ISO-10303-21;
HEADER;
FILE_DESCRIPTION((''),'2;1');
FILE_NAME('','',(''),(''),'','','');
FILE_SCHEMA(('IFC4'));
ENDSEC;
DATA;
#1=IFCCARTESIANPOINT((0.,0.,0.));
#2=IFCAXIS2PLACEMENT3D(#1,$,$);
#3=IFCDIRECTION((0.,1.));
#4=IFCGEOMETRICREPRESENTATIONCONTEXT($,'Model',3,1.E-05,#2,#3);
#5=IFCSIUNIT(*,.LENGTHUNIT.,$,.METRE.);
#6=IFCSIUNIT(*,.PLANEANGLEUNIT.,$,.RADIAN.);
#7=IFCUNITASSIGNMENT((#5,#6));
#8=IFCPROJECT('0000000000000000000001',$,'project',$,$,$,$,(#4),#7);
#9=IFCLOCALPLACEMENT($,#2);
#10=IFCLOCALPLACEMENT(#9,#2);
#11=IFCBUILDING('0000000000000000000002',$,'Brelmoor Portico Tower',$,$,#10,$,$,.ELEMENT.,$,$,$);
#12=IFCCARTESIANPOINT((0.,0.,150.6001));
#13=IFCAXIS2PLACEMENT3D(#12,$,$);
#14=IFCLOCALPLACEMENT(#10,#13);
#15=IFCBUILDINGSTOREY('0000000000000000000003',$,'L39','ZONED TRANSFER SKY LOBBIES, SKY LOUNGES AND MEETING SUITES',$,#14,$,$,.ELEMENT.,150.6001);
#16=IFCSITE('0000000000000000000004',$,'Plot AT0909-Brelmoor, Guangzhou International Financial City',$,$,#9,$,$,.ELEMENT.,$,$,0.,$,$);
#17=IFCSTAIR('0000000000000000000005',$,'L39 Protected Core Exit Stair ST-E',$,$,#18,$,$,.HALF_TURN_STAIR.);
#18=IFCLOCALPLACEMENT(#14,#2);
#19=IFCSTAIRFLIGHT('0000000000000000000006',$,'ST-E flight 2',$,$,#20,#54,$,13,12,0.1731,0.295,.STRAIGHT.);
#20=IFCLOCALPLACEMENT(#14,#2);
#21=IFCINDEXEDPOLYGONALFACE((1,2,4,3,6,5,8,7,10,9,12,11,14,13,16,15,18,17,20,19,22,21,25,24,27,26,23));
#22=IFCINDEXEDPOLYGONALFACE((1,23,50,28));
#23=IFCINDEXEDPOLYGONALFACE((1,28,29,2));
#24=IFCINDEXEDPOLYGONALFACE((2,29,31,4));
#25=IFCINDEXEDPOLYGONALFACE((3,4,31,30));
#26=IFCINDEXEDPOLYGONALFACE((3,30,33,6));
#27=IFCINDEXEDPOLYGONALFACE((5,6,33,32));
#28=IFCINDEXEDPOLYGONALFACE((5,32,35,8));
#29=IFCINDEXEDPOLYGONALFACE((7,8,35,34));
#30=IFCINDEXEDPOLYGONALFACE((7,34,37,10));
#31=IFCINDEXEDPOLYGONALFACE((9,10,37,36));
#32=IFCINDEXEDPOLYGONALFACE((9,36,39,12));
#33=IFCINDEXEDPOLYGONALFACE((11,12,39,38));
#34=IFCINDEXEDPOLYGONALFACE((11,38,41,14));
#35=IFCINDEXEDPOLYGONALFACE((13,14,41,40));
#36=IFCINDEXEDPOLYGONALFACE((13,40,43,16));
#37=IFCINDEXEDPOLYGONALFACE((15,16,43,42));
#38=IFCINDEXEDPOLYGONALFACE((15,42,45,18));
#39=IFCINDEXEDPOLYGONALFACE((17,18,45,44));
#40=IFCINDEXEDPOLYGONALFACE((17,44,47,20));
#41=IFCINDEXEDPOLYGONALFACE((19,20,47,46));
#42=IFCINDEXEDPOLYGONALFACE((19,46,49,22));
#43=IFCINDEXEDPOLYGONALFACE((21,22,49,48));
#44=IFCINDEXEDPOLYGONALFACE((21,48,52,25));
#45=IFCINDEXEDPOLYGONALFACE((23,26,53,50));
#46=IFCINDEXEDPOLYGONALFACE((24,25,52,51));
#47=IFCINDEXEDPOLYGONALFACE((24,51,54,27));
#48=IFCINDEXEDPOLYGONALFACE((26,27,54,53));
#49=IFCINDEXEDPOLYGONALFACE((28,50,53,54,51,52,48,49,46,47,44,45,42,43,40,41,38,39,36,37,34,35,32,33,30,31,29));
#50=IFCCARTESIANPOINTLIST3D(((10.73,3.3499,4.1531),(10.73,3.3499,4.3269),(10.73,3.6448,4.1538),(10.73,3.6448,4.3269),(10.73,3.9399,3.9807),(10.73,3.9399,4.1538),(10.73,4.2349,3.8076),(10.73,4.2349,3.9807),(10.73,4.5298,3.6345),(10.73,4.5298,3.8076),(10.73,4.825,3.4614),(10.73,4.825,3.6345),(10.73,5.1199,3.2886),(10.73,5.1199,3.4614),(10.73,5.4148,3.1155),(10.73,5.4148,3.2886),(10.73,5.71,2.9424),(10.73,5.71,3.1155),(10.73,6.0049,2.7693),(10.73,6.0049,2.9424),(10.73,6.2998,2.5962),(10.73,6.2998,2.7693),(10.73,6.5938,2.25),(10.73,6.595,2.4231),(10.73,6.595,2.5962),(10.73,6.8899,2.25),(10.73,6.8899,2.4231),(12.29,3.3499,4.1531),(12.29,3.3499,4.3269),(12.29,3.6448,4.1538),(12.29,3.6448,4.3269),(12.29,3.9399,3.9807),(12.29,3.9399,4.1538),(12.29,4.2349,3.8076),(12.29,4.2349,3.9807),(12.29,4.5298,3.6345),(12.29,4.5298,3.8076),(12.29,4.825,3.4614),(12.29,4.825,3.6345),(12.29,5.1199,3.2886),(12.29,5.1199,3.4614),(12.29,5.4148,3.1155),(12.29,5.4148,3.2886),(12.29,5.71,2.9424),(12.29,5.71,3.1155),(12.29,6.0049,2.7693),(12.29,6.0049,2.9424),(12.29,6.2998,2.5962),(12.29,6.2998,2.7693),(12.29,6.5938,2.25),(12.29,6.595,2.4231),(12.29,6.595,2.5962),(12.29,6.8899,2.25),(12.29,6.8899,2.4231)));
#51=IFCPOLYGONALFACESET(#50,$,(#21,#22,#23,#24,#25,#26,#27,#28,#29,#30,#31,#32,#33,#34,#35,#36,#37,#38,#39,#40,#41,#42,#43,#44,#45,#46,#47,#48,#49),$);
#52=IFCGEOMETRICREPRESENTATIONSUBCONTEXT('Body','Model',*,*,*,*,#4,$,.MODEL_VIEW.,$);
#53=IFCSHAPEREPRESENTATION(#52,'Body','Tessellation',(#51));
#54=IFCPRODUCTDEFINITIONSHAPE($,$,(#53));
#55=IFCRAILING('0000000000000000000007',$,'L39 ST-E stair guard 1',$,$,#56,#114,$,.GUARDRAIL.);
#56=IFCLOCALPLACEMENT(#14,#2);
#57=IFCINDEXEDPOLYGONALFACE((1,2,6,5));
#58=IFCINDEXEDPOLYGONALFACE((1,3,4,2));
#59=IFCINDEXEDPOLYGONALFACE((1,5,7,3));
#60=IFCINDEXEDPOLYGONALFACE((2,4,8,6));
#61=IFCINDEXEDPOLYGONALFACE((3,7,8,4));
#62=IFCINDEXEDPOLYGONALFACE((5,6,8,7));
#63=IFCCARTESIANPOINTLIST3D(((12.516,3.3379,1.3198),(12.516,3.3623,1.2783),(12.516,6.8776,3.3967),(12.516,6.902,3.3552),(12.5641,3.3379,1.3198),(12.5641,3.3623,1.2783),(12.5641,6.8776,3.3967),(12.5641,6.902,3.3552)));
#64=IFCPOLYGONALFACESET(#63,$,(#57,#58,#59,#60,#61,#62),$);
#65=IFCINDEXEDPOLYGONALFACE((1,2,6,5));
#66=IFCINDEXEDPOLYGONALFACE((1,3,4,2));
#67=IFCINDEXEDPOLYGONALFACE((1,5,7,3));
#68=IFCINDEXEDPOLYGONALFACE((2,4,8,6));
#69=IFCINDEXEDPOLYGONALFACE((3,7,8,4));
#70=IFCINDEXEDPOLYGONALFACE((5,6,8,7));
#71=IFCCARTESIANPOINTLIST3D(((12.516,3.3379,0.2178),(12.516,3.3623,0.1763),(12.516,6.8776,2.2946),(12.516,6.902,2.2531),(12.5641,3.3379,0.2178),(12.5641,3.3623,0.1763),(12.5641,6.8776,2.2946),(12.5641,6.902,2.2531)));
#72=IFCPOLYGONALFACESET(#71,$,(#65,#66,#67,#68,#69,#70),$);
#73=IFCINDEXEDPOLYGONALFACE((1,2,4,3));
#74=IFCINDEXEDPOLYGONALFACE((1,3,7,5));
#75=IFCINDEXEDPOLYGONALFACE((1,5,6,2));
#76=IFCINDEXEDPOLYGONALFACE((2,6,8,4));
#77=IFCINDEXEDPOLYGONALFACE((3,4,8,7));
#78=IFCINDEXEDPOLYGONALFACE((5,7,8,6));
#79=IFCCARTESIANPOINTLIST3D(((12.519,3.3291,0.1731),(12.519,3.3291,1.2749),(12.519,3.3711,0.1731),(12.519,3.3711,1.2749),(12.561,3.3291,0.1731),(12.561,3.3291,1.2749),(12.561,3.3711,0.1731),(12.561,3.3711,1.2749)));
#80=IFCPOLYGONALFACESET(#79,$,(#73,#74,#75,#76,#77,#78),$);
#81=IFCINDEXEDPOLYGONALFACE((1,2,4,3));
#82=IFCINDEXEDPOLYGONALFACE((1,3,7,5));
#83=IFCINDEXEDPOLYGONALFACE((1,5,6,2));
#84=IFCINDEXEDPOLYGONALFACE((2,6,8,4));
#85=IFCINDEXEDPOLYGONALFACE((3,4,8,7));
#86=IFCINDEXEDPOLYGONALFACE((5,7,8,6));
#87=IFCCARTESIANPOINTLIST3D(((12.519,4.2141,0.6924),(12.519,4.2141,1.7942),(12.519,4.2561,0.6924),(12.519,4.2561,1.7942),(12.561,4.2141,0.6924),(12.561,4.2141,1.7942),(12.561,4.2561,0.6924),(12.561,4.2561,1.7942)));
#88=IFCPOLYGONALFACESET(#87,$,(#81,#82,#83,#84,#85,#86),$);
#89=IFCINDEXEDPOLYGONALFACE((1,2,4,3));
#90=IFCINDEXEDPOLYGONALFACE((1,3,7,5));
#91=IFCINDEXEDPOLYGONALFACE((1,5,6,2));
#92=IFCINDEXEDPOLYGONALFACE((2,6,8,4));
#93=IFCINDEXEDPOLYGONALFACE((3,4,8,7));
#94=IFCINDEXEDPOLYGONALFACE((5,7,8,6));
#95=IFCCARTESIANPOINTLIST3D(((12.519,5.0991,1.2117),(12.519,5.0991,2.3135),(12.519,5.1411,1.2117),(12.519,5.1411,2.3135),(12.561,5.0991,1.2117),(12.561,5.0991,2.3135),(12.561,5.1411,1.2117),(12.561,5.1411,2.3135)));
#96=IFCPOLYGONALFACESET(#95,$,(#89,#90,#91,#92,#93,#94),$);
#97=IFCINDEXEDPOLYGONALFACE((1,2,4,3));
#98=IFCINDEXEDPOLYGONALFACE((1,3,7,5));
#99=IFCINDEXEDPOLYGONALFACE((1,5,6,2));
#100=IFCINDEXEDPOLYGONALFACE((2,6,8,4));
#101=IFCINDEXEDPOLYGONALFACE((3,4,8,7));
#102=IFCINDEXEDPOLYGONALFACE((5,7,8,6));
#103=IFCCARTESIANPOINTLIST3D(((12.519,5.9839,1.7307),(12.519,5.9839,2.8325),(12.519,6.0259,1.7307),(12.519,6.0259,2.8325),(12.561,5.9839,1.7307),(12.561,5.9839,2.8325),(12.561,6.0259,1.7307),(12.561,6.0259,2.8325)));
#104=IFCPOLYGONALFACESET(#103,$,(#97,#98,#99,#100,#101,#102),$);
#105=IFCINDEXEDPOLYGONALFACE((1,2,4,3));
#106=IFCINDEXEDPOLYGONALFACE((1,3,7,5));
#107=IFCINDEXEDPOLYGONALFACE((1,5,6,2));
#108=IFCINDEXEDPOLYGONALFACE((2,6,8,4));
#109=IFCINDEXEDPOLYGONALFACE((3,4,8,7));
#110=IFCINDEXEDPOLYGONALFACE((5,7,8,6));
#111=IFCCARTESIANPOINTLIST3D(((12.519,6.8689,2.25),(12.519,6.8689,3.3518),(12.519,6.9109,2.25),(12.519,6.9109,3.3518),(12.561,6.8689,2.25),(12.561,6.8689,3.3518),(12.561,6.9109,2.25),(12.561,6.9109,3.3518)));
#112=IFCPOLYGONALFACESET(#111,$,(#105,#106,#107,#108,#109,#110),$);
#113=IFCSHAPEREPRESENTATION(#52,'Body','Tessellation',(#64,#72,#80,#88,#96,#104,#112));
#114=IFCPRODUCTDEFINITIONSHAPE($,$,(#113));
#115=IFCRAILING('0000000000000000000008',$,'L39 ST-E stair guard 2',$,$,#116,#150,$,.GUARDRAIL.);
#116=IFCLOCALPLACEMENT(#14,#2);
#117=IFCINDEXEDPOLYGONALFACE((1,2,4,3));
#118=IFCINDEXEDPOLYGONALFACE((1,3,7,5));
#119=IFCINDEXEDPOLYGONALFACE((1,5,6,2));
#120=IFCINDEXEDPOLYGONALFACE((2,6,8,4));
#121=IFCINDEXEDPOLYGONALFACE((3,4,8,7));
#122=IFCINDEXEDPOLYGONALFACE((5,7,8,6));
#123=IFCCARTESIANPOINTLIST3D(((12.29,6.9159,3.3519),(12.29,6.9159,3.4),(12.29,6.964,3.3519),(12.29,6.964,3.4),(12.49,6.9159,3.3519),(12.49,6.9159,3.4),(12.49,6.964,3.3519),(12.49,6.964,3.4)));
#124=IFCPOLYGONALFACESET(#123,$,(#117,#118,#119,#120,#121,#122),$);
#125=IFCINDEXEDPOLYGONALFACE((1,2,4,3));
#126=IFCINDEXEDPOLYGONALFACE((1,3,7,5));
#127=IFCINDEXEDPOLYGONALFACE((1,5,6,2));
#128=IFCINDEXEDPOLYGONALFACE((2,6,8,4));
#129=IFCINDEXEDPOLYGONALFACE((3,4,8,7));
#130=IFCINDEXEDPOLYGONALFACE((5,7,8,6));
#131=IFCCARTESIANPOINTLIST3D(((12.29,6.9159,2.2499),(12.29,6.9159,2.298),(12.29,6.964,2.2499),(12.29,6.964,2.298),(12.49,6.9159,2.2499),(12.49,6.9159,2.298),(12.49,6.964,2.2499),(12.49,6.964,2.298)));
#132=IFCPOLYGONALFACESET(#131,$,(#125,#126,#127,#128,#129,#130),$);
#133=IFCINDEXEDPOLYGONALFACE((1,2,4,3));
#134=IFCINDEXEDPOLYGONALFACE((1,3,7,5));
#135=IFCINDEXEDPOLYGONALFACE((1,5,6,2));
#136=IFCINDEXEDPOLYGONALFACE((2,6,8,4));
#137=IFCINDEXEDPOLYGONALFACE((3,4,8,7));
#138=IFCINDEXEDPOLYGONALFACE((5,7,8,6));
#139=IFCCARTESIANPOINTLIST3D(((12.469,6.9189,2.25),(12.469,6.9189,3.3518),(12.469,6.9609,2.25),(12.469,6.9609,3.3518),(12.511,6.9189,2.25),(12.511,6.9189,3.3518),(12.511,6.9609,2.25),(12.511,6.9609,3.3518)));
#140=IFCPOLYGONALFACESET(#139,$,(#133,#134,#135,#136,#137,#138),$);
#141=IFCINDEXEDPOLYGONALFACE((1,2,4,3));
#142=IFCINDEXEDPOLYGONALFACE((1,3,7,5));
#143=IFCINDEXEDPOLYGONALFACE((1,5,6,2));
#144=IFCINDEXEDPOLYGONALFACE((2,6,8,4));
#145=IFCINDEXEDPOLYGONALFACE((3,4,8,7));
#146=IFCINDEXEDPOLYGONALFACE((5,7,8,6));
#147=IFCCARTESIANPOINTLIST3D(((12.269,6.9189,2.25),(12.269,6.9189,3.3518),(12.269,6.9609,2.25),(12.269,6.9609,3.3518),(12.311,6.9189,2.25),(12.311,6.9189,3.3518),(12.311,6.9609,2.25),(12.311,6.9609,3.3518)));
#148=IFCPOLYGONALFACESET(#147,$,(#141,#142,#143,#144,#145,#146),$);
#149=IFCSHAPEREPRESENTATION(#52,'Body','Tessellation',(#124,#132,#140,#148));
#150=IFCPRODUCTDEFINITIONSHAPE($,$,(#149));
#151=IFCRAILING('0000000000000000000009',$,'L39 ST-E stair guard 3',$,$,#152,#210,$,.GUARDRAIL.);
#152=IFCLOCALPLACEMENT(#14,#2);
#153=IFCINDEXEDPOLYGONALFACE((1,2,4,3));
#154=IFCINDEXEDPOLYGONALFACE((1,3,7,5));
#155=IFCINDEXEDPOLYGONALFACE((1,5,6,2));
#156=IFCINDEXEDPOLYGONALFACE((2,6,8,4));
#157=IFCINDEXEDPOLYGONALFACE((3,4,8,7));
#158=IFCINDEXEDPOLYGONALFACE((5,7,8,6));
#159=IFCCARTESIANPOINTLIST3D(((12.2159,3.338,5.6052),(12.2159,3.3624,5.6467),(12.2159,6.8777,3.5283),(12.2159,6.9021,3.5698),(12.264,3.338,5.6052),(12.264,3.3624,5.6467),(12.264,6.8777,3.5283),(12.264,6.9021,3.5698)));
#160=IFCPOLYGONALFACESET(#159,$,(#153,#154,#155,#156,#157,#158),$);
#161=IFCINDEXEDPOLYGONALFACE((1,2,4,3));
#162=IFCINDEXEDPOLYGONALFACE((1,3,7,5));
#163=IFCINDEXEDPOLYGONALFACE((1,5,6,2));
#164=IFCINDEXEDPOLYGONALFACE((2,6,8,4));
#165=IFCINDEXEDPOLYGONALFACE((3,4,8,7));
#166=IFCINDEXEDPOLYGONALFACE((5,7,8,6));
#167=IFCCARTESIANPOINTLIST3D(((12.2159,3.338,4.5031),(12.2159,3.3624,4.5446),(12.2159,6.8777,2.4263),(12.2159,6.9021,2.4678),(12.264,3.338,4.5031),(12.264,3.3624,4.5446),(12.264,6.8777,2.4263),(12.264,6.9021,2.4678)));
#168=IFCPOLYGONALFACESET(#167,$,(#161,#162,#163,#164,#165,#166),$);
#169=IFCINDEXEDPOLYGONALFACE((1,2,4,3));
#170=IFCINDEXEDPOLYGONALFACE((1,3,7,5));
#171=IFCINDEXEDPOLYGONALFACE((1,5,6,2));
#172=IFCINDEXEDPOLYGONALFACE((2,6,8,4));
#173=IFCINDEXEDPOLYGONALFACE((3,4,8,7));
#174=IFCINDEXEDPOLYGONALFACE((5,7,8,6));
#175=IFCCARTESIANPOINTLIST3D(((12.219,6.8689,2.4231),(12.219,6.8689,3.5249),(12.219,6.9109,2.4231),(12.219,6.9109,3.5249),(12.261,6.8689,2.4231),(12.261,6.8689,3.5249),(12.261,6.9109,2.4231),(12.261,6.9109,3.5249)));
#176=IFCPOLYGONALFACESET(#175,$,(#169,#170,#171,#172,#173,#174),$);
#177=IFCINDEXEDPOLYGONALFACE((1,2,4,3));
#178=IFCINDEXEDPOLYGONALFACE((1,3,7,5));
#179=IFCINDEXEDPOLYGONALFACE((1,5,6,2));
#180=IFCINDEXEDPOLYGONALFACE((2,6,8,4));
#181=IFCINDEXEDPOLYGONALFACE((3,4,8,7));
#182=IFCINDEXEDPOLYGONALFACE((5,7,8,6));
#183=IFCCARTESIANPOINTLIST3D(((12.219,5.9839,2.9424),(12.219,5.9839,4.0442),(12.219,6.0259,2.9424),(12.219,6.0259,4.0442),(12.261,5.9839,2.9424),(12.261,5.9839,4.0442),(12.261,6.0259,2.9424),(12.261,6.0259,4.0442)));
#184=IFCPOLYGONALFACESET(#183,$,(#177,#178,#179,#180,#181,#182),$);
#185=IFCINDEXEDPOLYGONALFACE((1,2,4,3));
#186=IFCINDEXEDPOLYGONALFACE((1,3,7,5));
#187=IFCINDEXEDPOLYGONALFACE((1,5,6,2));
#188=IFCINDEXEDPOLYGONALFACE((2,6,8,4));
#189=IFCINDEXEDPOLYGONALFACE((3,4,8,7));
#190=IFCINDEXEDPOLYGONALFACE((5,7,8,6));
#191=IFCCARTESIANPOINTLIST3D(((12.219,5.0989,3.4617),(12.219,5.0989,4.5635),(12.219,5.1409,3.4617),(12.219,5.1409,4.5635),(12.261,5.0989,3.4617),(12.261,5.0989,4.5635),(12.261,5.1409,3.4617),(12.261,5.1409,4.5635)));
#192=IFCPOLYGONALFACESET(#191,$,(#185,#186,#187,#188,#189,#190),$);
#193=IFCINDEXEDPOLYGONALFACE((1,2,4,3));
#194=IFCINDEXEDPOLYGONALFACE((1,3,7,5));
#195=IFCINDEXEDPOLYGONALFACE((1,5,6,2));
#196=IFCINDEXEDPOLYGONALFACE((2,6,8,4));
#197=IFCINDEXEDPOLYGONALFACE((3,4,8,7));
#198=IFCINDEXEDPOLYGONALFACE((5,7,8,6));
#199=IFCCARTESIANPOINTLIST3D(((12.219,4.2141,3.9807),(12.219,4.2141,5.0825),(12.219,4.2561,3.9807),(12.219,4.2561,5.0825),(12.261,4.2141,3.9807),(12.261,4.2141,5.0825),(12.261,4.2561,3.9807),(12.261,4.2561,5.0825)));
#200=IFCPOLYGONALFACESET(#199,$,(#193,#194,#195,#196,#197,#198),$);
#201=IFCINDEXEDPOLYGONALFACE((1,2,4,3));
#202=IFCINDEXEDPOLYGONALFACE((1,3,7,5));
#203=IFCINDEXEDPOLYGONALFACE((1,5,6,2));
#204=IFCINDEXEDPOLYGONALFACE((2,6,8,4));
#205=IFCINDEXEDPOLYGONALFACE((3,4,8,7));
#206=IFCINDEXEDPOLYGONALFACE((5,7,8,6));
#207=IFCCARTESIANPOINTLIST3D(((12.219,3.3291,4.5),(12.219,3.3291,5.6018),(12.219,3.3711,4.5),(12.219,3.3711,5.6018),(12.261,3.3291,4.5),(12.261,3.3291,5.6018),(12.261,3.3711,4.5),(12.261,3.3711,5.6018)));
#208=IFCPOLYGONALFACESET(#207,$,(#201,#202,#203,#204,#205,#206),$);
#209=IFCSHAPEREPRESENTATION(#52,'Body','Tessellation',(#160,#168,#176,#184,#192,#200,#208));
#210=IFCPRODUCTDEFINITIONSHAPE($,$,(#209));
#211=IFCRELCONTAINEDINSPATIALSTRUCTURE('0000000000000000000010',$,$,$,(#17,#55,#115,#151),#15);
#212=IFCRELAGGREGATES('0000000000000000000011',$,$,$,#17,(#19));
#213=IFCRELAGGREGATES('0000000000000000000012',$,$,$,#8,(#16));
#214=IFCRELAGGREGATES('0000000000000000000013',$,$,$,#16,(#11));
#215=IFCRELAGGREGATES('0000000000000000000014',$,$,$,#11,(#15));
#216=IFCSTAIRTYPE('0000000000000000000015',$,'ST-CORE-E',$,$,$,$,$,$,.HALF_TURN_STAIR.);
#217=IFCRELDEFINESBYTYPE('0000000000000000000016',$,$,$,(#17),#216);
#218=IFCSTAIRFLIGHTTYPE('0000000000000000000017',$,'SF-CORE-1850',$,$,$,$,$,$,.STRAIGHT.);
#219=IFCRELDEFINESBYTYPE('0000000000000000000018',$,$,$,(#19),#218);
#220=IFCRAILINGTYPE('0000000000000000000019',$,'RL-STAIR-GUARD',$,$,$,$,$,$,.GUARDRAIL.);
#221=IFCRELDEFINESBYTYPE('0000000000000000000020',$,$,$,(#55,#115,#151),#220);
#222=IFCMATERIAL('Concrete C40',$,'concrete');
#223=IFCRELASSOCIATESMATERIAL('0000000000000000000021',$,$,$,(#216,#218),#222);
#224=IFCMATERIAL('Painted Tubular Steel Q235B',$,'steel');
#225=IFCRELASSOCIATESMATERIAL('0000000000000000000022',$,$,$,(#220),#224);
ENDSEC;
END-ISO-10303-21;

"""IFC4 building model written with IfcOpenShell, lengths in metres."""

from ifc_helpers import new_model, si_unit, direction, frame, origin, origin_2d, place, context, subcontext, project, spatial, polyline, rectangle, outline, extrude, material, type_object, element, aggregate, save


model = new_model("IFC4")

# Units and contexts
model_context = context("Model", 3, precision=1e-05, world=origin(), true_north=direction((0.0, 1.0)))
body_context = subcontext(model_context, "Body", "Model", "MODEL_VIEW")
ifc_project = project(units=[si_unit("LENGTHUNIT", "METRE"), si_unit("PLANEANGLEUNIT", "RADIAN")], contexts=[model_context])

# Site, building, storey
site_placement = place(None, origin())
site = spatial("IfcSite", under=ifc_project, at=site_placement, Name="Plot AT0909-Brelmoor, Guangzhou International Financial City", CompositionType="ELEMENT", RefElevation=0.0)
building_placement = place(site_placement, origin())
building = spatial("IfcBuilding", under=site, at=building_placement, Name="Brelmoor Portico Tower", CompositionType="ELEMENT")
storey_placement = place(building_placement, frame((0.0, 0.0, 150.6001)))
storey = spatial("IfcBuildingStorey", under=building, at=storey_placement, Name="L39", Description="ZONED TRANSFER SKY LOBBIES, SKY LOUNGES AND MEETING SUITES", CompositionType="ELEMENT", Elevation=150.6001)

# Shared definitions
ifc_material_1 = material(Name="Concrete C40", Category="concrete")

# Stair, stair flight
stair_type = type_object("IfcStairType", Name="ST-CORE-E", PredefinedType="HALF_TURN_STAIR", material=ifc_material_1)
stair_placement = place(storey_placement, origin())
stair = element("IfcStair", 1, at=stair_placement, inside=storey, type_object=stair_type, Name="L39 Protected Core Exit Stair ST-E", PredefinedType="HALF_TURN_STAIR")
stair_flight_type = type_object("IfcStairFlightType", Name="SF-CORE-1850", PredefinedType="STRAIGHT", material=ifc_material_1)
stair_flight_1_placement = place(storey_placement, frame((11.51, 6.8899, 2.25), z_axis=(0.0, 0.0, 1.0), x_axis=(0.0, -1.0, 0.0)))
stair_flight_1 = element("IfcStairFlight", 2, at=stair_flight_1_placement, type_object=stair_flight_type, Name="ST-E flight 2", NumberOfRisers=13, NumberOfTreads=12, PredefinedType="STRAIGHT", RiserHeight=0.1731, TreadLength=0.295, context=body_context, shape_type="SweptSolid", body=[
    extrude(outline(polyline([(0.0, 0.0), (0.0, 0.1731), (0.2949, 0.1731), (0.2949, 0.3462), (0.5901, 0.3462), (0.5901, 0.5193), (0.885, 0.5193), (0.885, 0.6924), (1.1799, 0.6924), (1.1799, 0.8655), (1.4751, 0.8655), (1.4751, 1.0386), (1.77, 1.0386), (1.77, 1.2114), (2.0649, 1.2114), (2.0649, 1.3845), (2.3601, 1.3845), (2.3601, 1.5576), (2.655, 1.5576), (2.655, 1.7307), (2.95, 1.7307), (2.95, 1.9038), (3.2451, 1.9038), (3.2451, 2.0769), (3.54, 2.0769), (3.54, 2.25), (3.54, 1.9031), (0.2961, 0.0), (0.0, 0.0)])), frame((0.0, 0.78, 0.0), z_axis=(0.0, -1.0, 0.0), x_axis=(1.0, 0.0, 0.0)), (0.0, 0.0, 1.0), 1.5601),
])
aggregate(stair, [stair_flight_1])

# Railings
ifc_material_2 = material(Name="Painted Tubular Steel Q235B", Category="steel")
railing_type_1 = type_object("IfcRailingType", Name="RL-STAIR-GUARD", PredefinedType="GUARDRAIL", material=ifc_material_2)
railing_1_placement = place(storey_placement, frame((12.54, 3.3501, 0.1731)))
element("IfcRailing", 3, at=railing_1_placement, inside=storey, type_object=railing_type_1, Name="L39 ST-E stair guard 1", PredefinedType="GUARDRAIL", context=body_context, shape_type="SweptSolid", body=[
    extrude(rectangle(XDim=0.0481, YDim=0.0481, at=origin_2d()), frame((0.0, 0.0, 1.126), z_axis=(0.0, 0.862501, 0.506055), x_axis=(-1.0, 0.0, 0.0)), (0.0, 0.0, 1.0), 4.104),
    extrude(rectangle(XDim=0.0481, YDim=0.0481, at=origin_2d()), frame((0.0, 0.0, 0.0239), z_axis=(0.0, 0.862501, 0.506055), x_axis=(-1.0, 0.0, 0.0)), (0.0, 0.0, 1.0), 4.104),
    extrude(rectangle(XDim=0.042, YDim=0.042, at=origin_2d()), origin(), (0.0, 0.0, 1.0), 1.1018),
    extrude(rectangle(XDim=0.042, YDim=0.042, at=origin_2d()), frame((0.0, 0.885, 0.5193)), (0.0, 0.0, 1.0), 1.1018),
    extrude(rectangle(XDim=0.042, YDim=0.042, at=origin_2d()), frame((0.0, 1.77, 1.0386)), (0.0, 0.0, 1.0), 1.1018),
    extrude(rectangle(XDim=0.042, YDim=0.042, at=origin_2d()), frame((0.0, 2.6548, 1.5576)), (0.0, 0.0, 1.0), 1.1018),
    extrude(rectangle(XDim=0.042, YDim=0.042, at=origin_2d()), frame((0.0, 3.5398, 2.0769)), (0.0, 0.0, 1.0), 1.1018),
])
railing_2_placement = place(storey_placement, frame((12.49, 6.9399, 2.25)))
element("IfcRailing", 4, at=railing_2_placement, inside=storey, type_object=railing_type_1, Name="L39 ST-E stair guard 2", PredefinedType="GUARDRAIL", context=body_context, shape_type="SweptSolid", body=[
    extrude(rectangle(XDim=0.0481, YDim=0.0481, at=origin_2d()), frame((0.0, 0.0, 1.126), z_axis=(-1.0, 0.0, 0.0), x_axis=(0.0, -1.0, 0.0)), (0.0, 0.0, 1.0), 0.2),
    extrude(rectangle(XDim=0.0481, YDim=0.0481, at=origin_2d()), frame((0.0, 0.0, 0.0239), z_axis=(-1.0, 0.0, 0.0), x_axis=(0.0, -1.0, 0.0)), (0.0, 0.0, 1.0), 0.2),
    extrude(rectangle(XDim=0.042, YDim=0.042, at=origin_2d()), origin(), (0.0, 0.0, 1.0), 1.1018),
    extrude(rectangle(XDim=0.042, YDim=0.042, at=origin_2d()), frame((-0.2, 0.0, 0.0)), (0.0, 0.0, 1.0), 1.1018),
])
railing_3_placement = place(storey_placement, frame((12.24, 6.8899, 2.4231)))
element("IfcRailing", 5, at=railing_3_placement, inside=storey, type_object=railing_type_1, Name="L39 ST-E stair guard 3", PredefinedType="GUARDRAIL", context=body_context, shape_type="SweptSolid", body=[
    extrude(rectangle(XDim=0.0481, YDim=0.0481, at=origin_2d()), frame((0.0, 0.0, 1.126), z_axis=(0.0, -0.862501, 0.506055), x_axis=(1.0, 0.0, 0.0)), (0.0, 0.0, 1.0), 4.104),
    extrude(rectangle(XDim=0.0481, YDim=0.0481, at=origin_2d()), frame((0.0, 0.0, 0.0239), z_axis=(0.0, -0.862501, 0.506055), x_axis=(1.0, 0.0, 0.0)), (0.0, 0.0, 1.0), 4.104),
    extrude(rectangle(XDim=0.042, YDim=0.042, at=origin_2d()), origin(), (0.0, 0.0, 1.0), 1.1018),
    extrude(rectangle(XDim=0.042, YDim=0.042, at=origin_2d()), frame((0.0, -0.885, 0.5193)), (0.0, 0.0, 1.0), 1.1018),
    extrude(rectangle(XDim=0.042, YDim=0.042, at=origin_2d()), frame((0.0, -1.77, 1.0386)), (0.0, 0.0, 1.0), 1.1018),
    extrude(rectangle(XDim=0.042, YDim=0.042, at=origin_2d()), frame((0.0, -2.6548, 1.5576)), (0.0, 0.0, 1.0), 1.1018),
    extrude(rectangle(XDim=0.042, YDim=0.042, at=origin_2d()), frame((0.0, -3.5398, 2.0769)), (0.0, 0.0, 1.0), 1.1018),
])

save(model, "model.ifc")
